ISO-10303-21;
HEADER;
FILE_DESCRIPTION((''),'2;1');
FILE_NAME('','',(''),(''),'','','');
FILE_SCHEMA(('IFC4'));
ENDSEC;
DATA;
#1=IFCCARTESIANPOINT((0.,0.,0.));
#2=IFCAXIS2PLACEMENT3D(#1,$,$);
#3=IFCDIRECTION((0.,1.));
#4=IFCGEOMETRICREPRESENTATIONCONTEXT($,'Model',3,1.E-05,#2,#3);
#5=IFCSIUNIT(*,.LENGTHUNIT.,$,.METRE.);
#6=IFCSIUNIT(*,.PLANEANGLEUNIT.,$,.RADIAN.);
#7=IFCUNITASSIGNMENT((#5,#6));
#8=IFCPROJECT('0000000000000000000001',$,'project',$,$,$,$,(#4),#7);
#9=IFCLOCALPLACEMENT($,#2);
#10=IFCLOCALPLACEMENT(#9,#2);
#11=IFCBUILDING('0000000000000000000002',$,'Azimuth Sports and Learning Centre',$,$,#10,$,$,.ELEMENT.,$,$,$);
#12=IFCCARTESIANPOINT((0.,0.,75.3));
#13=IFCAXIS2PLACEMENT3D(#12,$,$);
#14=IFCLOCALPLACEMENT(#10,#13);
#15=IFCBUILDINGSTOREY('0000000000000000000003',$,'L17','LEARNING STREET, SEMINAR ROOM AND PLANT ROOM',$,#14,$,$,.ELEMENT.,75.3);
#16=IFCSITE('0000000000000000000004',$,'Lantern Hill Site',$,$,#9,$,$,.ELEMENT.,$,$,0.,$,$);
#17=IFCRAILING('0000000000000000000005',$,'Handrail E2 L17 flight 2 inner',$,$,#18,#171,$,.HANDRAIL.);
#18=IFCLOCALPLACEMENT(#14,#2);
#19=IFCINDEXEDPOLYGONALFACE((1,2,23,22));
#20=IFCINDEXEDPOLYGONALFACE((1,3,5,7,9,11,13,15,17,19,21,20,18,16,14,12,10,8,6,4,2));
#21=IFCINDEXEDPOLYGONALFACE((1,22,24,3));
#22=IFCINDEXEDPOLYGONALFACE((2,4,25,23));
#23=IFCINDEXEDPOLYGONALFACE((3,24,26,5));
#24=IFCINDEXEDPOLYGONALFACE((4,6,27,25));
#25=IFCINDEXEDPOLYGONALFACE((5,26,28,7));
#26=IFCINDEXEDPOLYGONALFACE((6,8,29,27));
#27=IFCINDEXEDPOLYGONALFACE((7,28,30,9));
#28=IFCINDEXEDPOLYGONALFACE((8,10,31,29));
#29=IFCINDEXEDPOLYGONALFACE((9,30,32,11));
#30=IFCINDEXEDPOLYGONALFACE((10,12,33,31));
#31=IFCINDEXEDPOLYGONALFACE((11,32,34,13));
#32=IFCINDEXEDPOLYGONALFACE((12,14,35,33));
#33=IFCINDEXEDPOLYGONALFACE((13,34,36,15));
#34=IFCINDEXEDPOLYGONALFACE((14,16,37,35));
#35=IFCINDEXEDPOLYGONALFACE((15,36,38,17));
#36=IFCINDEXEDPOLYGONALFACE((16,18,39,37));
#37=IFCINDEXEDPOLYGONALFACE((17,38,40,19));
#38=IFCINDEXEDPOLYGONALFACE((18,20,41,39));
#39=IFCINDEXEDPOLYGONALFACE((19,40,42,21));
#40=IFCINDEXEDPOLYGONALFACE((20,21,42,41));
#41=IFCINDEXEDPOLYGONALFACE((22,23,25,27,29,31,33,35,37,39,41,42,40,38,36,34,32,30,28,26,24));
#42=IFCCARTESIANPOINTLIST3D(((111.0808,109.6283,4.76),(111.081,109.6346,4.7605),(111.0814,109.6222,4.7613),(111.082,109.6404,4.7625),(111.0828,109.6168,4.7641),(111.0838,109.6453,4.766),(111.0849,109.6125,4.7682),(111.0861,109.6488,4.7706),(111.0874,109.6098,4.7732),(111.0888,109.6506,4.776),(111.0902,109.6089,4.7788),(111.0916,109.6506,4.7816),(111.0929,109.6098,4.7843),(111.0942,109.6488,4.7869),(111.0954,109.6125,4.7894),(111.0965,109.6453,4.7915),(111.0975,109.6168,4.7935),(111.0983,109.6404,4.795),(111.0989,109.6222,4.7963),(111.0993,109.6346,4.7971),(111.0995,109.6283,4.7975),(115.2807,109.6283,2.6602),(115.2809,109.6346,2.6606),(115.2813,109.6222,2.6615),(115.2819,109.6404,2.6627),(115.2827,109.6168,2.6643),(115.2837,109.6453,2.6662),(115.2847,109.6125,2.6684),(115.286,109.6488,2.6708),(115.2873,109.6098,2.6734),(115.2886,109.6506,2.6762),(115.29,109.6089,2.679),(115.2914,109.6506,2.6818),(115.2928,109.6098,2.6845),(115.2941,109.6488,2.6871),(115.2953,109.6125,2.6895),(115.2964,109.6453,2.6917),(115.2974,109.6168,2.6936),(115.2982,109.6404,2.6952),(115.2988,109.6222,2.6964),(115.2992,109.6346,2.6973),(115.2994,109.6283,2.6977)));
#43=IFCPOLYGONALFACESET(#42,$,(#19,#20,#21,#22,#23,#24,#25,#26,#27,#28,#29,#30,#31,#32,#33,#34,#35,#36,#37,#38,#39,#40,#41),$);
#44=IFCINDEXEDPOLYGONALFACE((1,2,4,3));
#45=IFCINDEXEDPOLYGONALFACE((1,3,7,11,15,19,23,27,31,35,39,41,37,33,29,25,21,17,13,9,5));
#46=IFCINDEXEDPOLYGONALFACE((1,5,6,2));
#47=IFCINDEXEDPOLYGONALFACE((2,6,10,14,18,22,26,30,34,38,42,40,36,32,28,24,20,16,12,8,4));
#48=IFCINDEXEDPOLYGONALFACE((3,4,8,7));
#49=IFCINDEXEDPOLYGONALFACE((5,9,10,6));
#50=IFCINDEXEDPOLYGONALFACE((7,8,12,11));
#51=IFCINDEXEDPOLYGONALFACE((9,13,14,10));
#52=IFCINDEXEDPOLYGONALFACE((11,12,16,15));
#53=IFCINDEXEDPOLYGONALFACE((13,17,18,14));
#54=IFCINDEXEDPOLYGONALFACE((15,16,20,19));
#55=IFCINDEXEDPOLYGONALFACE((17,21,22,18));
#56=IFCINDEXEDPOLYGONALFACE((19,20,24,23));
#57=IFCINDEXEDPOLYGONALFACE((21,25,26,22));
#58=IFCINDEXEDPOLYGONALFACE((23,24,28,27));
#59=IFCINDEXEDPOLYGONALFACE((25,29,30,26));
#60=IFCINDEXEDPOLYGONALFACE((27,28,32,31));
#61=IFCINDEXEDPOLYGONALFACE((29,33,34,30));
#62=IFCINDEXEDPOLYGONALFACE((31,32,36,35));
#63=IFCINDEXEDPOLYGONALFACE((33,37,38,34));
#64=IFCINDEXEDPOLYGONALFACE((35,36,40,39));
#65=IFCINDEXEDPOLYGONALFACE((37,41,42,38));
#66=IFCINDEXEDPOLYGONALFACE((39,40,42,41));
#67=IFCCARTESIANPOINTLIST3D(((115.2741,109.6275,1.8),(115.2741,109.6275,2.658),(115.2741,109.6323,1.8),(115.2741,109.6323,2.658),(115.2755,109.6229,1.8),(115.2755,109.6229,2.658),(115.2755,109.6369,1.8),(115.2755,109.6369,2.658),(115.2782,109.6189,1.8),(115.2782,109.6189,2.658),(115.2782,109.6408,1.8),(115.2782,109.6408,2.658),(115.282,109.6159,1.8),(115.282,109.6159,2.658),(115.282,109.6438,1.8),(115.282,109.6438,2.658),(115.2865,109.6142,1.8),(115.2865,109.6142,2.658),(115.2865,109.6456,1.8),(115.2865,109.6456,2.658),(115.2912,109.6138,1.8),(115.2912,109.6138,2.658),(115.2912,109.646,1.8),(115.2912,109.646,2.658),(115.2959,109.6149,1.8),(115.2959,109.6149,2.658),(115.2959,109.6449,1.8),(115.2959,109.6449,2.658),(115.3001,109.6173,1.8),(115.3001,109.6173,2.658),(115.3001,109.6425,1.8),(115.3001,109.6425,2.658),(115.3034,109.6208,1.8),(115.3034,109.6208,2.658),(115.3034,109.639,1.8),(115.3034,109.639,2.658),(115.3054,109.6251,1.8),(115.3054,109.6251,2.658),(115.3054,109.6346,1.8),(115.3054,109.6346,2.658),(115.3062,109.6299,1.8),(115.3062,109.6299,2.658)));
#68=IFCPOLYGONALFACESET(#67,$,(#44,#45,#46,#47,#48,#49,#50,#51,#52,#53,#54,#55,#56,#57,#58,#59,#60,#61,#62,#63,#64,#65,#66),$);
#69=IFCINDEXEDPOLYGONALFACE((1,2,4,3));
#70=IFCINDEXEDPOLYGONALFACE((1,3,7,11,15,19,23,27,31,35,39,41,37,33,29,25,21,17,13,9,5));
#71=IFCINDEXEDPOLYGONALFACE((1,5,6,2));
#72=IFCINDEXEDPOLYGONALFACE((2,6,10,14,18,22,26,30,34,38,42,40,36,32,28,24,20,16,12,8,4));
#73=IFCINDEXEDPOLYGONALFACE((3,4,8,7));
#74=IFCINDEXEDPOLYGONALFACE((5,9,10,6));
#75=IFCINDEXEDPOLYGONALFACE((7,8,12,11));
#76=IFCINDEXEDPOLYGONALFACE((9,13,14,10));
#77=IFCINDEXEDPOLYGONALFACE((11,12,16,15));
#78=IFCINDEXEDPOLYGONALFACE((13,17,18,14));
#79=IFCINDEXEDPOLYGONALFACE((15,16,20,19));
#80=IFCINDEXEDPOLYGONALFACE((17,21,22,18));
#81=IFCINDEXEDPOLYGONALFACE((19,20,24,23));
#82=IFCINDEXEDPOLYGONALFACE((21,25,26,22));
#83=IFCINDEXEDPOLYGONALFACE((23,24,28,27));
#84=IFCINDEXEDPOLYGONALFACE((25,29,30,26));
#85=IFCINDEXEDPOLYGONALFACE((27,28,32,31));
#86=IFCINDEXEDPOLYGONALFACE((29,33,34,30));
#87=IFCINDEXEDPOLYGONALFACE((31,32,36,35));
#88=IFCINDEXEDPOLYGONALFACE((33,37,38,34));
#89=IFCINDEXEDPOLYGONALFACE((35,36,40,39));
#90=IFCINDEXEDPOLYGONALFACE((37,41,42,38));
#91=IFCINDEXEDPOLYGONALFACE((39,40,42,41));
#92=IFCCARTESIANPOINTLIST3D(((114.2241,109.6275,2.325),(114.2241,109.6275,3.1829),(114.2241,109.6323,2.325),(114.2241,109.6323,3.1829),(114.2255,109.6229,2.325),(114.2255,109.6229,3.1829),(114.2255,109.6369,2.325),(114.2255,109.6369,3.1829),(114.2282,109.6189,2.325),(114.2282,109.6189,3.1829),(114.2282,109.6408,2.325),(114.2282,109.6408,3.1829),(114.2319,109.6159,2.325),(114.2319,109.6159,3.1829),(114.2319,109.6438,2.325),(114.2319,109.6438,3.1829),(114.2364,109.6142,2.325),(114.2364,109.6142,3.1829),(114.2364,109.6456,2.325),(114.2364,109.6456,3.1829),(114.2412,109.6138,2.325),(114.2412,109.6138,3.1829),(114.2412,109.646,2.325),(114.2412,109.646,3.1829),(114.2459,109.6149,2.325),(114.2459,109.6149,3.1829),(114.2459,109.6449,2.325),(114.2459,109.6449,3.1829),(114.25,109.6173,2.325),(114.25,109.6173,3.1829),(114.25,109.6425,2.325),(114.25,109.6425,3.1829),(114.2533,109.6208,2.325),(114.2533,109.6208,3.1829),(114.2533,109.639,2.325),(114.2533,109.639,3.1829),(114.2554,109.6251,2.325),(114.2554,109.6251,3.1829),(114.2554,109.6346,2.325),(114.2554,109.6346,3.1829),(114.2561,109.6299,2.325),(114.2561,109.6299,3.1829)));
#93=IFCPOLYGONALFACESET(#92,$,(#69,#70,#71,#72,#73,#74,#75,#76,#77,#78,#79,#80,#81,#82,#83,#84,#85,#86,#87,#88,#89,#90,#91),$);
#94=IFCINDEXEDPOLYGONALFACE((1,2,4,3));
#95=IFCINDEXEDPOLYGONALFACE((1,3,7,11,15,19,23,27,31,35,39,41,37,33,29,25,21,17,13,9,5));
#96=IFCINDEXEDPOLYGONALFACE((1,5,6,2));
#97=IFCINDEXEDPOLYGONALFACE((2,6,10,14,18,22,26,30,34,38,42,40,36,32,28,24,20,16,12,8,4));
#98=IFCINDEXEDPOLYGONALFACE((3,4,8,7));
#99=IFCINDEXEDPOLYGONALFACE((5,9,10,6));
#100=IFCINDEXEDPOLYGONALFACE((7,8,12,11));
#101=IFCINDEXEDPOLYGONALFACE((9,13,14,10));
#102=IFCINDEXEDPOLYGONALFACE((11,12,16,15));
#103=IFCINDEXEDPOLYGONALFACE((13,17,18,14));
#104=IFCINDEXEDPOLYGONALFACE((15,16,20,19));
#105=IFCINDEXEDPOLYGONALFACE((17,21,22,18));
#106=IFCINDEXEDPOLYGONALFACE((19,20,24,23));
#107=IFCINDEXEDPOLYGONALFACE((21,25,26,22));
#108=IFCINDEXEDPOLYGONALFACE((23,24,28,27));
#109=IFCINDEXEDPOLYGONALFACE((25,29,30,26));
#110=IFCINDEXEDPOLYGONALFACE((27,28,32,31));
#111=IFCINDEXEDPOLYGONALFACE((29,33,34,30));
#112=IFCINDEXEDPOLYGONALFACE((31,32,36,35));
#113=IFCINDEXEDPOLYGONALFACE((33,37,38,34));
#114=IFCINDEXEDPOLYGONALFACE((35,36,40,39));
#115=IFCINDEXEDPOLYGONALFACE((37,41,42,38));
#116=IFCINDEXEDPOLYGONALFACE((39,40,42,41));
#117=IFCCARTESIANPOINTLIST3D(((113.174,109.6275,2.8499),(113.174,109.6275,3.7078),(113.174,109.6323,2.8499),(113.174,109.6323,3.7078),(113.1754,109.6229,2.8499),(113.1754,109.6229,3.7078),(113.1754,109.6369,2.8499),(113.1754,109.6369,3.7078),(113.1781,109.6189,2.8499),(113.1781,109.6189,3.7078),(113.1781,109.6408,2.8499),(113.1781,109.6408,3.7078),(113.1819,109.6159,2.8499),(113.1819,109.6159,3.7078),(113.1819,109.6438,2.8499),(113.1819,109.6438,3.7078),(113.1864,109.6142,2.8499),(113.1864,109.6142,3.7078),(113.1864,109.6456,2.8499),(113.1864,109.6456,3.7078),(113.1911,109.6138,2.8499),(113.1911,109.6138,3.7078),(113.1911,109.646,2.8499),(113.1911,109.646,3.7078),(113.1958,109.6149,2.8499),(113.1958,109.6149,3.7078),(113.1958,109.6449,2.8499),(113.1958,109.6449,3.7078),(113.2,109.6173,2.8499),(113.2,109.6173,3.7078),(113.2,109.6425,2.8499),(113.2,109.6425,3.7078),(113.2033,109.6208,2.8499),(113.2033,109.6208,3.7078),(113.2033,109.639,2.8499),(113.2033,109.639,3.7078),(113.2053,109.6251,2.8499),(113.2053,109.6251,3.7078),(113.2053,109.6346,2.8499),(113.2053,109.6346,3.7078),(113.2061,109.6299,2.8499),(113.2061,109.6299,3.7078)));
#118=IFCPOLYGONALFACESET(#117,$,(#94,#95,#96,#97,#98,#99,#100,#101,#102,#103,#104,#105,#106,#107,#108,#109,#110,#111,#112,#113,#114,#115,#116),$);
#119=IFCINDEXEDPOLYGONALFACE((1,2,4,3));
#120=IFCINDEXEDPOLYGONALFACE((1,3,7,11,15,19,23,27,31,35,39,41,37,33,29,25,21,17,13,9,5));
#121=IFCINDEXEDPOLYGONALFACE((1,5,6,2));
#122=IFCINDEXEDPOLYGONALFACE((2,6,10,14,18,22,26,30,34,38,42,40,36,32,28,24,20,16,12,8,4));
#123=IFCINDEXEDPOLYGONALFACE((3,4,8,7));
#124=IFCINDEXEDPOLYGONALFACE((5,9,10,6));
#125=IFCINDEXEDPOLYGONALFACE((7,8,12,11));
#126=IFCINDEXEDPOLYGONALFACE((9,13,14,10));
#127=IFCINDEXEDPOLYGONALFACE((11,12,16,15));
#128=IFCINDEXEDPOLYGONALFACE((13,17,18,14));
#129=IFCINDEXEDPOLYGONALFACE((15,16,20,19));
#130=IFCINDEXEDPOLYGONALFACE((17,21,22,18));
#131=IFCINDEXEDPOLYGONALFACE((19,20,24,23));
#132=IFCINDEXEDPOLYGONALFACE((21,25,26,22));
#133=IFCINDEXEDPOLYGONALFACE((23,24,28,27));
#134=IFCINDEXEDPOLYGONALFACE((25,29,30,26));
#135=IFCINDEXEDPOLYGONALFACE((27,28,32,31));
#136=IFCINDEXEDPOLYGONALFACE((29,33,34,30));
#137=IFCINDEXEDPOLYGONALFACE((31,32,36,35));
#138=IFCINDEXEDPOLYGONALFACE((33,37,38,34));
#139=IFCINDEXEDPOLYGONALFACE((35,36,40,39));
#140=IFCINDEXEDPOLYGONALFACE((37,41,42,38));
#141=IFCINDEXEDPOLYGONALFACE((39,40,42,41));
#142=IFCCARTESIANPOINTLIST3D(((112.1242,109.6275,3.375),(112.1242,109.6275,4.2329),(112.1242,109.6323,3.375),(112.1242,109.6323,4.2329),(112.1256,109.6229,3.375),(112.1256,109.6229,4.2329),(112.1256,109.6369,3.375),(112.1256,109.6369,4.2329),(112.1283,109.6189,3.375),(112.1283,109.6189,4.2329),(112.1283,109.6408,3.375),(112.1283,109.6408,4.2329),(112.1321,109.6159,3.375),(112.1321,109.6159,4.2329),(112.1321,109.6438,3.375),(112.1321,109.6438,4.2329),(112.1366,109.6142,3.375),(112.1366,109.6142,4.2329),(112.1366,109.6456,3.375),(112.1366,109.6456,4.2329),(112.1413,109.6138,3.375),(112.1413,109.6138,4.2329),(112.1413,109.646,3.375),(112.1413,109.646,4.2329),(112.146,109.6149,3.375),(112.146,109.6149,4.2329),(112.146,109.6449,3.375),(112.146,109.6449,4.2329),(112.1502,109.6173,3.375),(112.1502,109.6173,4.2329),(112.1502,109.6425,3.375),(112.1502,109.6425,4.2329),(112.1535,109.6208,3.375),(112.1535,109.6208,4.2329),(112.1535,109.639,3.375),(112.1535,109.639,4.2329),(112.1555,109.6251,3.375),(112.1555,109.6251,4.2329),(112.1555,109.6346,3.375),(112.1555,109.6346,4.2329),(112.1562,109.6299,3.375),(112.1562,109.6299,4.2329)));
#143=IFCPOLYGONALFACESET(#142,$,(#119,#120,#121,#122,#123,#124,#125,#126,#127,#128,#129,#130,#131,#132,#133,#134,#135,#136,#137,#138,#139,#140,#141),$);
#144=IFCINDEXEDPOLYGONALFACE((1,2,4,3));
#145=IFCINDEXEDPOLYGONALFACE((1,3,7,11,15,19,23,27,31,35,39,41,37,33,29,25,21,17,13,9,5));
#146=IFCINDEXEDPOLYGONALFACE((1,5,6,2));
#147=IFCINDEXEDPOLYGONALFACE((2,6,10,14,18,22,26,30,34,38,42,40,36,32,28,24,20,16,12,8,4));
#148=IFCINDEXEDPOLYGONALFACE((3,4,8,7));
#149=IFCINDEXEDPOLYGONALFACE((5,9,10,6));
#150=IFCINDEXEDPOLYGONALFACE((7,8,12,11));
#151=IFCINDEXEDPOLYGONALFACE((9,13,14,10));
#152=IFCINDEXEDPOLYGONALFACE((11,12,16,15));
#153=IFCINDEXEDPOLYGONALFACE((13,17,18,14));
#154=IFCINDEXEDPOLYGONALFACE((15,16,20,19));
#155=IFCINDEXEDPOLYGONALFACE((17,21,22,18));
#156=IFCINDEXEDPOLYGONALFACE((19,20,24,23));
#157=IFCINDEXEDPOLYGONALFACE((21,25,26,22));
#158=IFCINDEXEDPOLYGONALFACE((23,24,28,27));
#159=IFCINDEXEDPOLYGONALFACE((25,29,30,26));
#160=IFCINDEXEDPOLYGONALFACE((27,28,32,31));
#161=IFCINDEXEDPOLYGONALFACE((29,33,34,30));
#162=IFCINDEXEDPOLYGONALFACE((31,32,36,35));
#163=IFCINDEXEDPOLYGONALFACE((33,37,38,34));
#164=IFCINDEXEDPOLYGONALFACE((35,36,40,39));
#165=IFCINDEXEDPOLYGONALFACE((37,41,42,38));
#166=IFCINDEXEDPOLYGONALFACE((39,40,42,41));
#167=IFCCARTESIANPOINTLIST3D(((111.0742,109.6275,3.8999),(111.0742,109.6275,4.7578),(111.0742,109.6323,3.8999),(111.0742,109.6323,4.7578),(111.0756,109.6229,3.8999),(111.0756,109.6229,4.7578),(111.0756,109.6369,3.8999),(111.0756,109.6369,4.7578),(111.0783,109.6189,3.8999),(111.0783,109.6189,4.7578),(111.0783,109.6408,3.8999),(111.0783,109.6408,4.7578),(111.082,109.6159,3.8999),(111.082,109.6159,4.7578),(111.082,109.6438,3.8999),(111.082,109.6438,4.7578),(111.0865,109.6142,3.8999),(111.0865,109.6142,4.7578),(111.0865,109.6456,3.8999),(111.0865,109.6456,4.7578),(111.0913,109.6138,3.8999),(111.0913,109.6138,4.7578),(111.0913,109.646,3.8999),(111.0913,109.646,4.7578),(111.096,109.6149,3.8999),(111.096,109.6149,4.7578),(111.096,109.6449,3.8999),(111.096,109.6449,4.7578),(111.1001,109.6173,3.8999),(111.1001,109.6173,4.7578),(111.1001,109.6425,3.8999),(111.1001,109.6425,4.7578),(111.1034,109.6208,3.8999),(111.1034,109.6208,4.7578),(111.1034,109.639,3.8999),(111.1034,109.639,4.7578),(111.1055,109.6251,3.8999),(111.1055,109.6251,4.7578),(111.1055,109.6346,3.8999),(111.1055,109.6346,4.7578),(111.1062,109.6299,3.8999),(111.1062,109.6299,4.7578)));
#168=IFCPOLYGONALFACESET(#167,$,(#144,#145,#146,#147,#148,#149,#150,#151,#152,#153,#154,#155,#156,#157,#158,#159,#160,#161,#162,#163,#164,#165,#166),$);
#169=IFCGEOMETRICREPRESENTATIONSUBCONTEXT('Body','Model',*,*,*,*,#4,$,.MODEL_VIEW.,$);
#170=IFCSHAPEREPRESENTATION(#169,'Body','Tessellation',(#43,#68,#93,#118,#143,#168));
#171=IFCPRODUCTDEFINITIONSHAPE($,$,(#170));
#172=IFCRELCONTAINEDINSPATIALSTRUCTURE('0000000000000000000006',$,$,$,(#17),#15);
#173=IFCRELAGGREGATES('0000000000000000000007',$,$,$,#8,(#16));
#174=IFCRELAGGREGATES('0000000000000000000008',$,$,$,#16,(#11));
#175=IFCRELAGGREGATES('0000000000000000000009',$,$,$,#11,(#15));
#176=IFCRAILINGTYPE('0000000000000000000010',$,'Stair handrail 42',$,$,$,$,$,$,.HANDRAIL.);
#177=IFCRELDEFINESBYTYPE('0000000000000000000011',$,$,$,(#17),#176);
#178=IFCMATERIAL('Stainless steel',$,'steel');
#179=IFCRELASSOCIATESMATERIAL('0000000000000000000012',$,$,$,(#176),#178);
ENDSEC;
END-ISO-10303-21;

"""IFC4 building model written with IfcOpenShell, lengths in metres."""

from ifc_helpers import new_model, si_unit, direction, frame, origin, origin_2d, place, context, subcontext, project, spatial, circle, extrude, material, type_object, element, save


model = new_model("IFC4")

# Units and contexts
model_context = context("Model", 3, precision=1e-05, world=origin(), true_north=direction((0.0, 1.0)))
body_context = subcontext(model_context, "Body", "Model", "MODEL_VIEW")
ifc_project = project(units=[si_unit("LENGTHUNIT", "METRE"), si_unit("PLANEANGLEUNIT", "RADIAN")], contexts=[model_context])

# Site, building, storey
site_placement = place(None, origin())
site = spatial("IfcSite", under=ifc_project, at=site_placement, Name="Lantern Hill Site", CompositionType="ELEMENT", RefElevation=0.0)
building_placement = place(site_placement, origin())
building = spatial("IfcBuilding", under=site, at=building_placement, Name="Azimuth Sports and Learning Centre", CompositionType="ELEMENT")
storey_placement = place(building_placement, frame((0.0, 0.0, 75.3)))
storey = spatial("IfcBuildingStorey", under=building, at=storey_placement, Name="L17", Description="LEARNING STREET, SEMINAR ROOM AND PLANT ROOM", CompositionType="ELEMENT", Elevation=75.3)

# Railing
ifc_material_1 = material(Name="Stainless steel", Category="steel")
railing_type_1 = type_object("IfcRailingType", Name="Stair handrail 42", PredefinedType="HANDRAIL", material=ifc_material_1)
railing_1_placement = place(storey_placement, frame((115.29, 109.6299, 1.8)))
element("IfcRailing", 1, at=railing_1_placement, inside=storey, type_object=railing_type_1, Name="Handrail E2 L17 flight 2 inner", PredefinedType="HANDRAIL", context=body_context, shape_type="SweptSolid", body=[
    extrude(circle(Radius=0.021, at=origin_2d()), frame((0.0, 0.0, 0.8789), z_axis=(-0.894438, 0.0, 0.447193), x_axis=(0.0, -1.0, 0.0)), (0.0, 0.0, 1.0), 4.6956),
    extrude(circle(Radius=0.0161, at=origin_2d()), origin(), (0.0, 0.0, 1.0), 0.8579),
    extrude(circle(Radius=0.0161, at=origin_2d()), frame((-1.05, 0.0, 0.5249)), (0.0, 0.0, 1.0), 0.8579),
    extrude(circle(Radius=0.0161, at=origin_2d()), frame((-2.1001, 0.0, 1.0498)), (0.0, 0.0, 1.0), 0.8579),
    extrude(circle(Radius=0.0161, at=origin_2d()), frame((-3.1499, 0.0, 1.575)), (0.0, 0.0, 1.0), 0.8579),
    extrude(circle(Radius=0.0161, at=origin_2d()), frame((-4.2, 0.0, 2.0999)), (0.0, 0.0, 1.0), 0.8579),
])

save(model, "model.ifc")
